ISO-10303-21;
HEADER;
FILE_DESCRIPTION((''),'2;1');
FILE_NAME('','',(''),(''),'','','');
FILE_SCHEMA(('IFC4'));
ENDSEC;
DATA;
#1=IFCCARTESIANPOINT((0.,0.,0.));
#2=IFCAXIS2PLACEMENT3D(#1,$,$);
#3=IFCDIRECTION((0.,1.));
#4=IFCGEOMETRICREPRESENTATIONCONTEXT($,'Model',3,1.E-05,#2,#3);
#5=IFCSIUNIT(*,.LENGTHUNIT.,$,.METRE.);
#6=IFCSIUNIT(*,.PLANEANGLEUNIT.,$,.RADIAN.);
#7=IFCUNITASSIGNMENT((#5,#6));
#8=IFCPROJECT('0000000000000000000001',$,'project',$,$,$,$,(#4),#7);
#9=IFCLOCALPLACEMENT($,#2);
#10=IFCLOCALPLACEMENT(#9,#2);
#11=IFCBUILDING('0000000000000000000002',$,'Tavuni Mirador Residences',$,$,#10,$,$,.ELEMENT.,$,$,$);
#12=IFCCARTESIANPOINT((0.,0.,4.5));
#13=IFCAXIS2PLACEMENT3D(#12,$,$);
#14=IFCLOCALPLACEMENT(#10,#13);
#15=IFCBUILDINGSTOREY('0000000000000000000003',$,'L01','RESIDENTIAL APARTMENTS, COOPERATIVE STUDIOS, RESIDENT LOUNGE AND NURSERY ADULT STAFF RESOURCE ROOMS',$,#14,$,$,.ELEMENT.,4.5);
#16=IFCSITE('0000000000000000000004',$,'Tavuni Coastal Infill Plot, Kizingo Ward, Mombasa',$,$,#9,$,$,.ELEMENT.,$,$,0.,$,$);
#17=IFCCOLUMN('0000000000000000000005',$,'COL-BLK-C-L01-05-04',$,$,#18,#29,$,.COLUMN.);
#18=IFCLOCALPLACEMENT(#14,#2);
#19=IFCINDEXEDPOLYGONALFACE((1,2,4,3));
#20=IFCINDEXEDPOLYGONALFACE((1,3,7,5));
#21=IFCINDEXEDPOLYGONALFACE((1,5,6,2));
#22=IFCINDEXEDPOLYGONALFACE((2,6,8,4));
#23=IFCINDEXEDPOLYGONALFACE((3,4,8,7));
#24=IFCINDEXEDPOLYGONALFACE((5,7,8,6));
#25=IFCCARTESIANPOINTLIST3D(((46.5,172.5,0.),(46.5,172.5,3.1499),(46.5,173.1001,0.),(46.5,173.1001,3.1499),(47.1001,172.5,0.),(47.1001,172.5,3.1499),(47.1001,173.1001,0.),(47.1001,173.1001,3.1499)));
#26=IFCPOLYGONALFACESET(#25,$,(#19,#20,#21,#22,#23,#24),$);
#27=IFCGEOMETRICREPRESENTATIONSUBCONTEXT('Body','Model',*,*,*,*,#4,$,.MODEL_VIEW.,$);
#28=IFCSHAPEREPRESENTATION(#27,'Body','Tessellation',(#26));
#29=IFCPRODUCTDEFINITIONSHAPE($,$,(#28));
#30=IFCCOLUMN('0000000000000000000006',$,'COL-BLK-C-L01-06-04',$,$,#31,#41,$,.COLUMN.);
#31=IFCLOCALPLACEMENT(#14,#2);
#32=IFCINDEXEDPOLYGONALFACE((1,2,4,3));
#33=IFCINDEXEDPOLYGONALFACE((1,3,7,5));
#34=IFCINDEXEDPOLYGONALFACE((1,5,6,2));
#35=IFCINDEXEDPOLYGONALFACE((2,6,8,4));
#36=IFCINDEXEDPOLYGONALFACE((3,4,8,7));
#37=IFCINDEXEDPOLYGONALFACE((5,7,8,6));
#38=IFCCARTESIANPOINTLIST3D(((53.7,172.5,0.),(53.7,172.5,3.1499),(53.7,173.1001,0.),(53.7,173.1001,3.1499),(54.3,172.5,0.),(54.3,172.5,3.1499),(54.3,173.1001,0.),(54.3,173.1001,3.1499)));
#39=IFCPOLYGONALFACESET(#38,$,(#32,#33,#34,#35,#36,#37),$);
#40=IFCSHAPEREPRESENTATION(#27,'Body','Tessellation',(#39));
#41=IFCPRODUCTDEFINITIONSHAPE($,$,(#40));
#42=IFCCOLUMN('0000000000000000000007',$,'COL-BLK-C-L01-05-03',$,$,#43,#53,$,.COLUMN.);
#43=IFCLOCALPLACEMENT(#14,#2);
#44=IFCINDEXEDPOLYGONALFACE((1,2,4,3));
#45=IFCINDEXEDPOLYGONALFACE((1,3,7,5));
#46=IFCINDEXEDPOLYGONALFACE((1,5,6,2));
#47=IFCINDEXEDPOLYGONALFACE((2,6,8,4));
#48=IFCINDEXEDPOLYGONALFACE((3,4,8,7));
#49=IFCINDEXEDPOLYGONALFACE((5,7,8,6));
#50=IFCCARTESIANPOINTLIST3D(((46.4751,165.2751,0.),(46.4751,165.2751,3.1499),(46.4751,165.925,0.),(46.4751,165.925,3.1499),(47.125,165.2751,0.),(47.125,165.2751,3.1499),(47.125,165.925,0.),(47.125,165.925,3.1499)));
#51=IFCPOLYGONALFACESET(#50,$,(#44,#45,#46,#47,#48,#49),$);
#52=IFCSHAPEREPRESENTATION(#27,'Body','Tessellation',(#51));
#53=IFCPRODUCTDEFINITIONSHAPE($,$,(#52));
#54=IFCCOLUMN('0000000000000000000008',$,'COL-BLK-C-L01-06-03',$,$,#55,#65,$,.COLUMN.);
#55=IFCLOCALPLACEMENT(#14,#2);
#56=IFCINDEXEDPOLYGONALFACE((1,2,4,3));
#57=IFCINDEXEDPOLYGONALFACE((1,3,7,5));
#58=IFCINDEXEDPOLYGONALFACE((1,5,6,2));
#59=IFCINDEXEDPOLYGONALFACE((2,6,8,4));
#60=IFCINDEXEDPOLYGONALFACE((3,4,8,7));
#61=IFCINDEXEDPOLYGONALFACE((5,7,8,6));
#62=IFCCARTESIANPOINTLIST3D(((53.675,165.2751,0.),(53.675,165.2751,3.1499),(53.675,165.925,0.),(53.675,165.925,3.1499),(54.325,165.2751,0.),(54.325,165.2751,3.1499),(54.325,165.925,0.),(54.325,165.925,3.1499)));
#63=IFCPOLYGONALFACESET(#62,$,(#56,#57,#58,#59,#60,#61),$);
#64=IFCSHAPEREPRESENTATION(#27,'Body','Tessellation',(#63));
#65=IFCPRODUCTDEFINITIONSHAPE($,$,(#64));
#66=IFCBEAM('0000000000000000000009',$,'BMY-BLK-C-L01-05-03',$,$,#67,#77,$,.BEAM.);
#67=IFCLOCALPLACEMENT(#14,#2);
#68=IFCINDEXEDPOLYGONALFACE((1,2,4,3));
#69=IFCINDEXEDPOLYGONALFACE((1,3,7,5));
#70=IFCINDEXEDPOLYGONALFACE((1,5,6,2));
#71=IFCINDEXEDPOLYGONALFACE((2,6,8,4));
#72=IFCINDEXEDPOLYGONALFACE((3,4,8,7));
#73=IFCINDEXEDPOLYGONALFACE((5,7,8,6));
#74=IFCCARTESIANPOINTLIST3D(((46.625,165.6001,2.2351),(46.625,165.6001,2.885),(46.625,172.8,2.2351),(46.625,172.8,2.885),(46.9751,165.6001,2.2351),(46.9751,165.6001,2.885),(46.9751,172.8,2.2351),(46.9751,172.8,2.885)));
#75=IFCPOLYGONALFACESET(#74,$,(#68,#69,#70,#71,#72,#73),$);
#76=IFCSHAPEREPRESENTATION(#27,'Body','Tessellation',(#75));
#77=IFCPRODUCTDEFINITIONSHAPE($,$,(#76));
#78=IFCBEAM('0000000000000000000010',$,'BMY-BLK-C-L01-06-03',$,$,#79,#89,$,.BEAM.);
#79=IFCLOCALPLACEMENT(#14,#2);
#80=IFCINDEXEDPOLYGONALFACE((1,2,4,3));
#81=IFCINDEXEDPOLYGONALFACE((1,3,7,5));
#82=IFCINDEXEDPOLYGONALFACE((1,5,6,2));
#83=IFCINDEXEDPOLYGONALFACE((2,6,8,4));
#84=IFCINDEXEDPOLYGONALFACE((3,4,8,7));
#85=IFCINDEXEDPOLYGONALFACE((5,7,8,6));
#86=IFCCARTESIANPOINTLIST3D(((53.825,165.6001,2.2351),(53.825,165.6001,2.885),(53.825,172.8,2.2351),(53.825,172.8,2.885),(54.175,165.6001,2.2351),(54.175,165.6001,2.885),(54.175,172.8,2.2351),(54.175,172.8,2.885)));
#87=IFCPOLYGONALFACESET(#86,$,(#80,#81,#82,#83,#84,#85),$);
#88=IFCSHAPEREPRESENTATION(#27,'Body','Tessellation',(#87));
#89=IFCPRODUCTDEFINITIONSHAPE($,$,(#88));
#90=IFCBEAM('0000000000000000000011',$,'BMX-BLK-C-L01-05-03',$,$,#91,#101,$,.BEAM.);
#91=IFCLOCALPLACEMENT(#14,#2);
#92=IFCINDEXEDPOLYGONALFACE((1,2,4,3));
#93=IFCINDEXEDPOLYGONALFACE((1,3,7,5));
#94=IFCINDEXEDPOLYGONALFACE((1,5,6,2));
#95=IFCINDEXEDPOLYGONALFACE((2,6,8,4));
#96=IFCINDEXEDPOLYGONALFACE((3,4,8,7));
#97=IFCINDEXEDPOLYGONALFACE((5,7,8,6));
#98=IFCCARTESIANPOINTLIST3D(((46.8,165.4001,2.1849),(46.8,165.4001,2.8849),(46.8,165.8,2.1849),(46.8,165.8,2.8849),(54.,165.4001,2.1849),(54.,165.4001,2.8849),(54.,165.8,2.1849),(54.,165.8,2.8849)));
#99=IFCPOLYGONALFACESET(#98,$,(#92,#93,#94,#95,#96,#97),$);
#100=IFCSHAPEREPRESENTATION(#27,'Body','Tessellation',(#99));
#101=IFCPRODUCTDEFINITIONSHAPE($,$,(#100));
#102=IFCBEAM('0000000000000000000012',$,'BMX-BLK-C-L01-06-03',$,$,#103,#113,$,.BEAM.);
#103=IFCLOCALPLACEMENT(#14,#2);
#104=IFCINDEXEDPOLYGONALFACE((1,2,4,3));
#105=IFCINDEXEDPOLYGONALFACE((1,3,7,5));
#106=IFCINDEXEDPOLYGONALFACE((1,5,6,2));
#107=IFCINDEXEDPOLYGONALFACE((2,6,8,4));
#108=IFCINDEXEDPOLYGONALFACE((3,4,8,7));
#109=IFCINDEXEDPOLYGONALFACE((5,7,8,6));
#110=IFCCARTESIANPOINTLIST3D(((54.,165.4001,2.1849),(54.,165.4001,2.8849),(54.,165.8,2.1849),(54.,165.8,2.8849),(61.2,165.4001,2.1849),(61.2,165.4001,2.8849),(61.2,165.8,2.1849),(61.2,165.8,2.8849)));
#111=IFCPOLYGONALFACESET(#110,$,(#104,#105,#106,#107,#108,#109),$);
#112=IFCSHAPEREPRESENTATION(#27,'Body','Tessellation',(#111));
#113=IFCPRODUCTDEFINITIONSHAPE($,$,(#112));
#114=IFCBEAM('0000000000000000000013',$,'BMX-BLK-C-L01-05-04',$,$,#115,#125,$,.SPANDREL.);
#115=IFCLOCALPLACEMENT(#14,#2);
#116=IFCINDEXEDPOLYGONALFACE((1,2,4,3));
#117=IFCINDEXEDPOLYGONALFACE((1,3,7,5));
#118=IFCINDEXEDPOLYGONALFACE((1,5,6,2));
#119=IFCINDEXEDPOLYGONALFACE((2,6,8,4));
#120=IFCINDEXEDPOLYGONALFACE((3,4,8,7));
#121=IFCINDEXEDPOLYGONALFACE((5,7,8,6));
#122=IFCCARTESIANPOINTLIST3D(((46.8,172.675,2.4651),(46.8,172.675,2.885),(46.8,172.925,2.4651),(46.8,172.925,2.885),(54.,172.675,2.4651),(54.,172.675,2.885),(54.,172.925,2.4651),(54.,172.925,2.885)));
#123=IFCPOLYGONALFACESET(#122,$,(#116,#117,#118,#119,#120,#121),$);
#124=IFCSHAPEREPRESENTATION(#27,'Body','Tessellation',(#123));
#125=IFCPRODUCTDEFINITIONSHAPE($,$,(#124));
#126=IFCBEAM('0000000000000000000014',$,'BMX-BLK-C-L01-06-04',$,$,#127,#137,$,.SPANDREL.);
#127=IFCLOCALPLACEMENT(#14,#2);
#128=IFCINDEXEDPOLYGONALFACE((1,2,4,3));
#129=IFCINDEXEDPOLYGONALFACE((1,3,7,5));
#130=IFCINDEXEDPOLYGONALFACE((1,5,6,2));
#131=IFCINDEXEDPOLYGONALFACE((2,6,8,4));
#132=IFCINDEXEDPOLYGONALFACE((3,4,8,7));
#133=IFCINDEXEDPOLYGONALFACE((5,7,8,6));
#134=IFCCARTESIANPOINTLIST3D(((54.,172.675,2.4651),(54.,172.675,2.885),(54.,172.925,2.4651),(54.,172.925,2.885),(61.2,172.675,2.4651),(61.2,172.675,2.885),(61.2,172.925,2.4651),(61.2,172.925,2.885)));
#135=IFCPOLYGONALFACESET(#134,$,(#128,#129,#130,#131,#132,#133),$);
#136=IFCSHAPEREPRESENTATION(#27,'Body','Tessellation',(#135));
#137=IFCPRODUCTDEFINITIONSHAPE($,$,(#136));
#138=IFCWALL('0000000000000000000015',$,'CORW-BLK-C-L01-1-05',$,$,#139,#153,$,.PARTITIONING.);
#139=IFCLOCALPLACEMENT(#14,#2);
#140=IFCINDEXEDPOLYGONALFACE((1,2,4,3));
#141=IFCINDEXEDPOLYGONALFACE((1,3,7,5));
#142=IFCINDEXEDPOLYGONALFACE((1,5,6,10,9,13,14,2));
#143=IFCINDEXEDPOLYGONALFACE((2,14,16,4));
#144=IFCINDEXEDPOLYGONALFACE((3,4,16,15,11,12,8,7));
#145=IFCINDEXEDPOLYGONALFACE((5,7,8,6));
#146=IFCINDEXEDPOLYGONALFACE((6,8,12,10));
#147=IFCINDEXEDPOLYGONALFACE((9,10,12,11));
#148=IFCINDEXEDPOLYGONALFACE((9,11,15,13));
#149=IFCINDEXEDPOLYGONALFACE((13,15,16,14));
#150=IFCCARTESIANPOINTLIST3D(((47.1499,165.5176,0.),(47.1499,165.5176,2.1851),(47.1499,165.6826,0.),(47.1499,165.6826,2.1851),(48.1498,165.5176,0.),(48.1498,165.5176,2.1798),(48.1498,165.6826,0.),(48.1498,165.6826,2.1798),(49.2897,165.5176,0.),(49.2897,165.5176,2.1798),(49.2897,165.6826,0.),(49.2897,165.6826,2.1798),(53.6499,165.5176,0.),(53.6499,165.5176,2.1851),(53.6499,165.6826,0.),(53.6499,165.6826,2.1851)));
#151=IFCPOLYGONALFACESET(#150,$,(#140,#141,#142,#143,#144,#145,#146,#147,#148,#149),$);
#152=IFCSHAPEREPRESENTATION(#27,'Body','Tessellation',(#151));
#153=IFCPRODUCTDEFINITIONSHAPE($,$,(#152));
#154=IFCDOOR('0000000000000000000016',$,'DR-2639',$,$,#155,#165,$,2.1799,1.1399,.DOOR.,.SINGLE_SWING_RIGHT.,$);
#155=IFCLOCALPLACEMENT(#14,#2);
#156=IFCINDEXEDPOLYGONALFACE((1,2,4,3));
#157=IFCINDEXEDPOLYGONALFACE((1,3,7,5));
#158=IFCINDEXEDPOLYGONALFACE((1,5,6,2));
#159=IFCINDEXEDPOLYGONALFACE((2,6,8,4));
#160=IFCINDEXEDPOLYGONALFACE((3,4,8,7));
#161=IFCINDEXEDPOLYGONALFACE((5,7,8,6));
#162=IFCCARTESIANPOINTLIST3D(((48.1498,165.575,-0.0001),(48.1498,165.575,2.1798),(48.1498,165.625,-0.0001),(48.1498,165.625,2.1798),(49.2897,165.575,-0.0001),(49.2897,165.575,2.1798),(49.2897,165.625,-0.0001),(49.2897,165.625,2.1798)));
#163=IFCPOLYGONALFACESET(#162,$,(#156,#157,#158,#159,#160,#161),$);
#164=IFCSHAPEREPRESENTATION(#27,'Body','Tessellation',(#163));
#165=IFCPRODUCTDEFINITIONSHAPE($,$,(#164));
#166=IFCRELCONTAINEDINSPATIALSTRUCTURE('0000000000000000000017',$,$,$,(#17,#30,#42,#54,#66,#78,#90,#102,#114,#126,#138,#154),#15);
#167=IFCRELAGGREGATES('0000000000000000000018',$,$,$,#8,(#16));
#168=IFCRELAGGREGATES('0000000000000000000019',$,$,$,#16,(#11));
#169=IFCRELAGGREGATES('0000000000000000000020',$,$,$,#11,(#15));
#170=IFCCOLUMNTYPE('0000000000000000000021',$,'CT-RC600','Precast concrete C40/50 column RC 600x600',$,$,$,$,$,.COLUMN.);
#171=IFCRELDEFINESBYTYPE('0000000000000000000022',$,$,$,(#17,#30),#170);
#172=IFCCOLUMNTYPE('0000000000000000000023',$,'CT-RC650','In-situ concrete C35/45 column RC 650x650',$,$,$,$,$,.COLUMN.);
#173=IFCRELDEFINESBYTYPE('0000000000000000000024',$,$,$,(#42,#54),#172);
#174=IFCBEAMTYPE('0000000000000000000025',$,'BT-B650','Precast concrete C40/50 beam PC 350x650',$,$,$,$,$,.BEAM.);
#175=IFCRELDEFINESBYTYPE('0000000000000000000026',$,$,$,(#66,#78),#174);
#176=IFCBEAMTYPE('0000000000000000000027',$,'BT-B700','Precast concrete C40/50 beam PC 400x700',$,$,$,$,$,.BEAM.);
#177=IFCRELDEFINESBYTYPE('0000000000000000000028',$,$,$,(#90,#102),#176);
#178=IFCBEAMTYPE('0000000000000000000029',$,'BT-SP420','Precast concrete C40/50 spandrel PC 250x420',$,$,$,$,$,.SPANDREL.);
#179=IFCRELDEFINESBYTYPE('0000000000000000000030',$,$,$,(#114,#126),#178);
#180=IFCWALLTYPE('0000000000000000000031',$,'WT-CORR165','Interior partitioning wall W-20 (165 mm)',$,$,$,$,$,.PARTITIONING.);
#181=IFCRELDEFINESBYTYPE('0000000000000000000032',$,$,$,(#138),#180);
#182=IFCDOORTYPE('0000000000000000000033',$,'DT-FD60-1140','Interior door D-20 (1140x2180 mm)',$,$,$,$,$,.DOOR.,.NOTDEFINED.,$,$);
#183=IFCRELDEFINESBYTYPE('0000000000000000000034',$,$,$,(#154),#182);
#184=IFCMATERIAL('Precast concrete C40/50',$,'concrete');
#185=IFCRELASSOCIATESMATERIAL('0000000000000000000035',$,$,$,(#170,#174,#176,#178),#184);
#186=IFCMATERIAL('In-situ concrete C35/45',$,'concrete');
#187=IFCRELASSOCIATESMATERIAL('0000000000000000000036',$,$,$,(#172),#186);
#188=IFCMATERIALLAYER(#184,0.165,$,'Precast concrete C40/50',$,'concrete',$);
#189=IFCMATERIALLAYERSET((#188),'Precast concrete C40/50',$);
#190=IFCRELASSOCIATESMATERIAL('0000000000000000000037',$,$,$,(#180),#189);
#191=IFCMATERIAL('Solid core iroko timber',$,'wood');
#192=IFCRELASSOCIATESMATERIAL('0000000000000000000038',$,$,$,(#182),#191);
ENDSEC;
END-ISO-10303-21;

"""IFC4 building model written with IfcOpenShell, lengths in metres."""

from ifc_helpers import new_model, si_unit, direction, frame, frame_2d, origin, origin_2d, place, context, subcontext, project, spatial, rectangle, extrude, material, layer, layer_set, material_profile, profile_set, type_object, element, fill, save


model = new_model("IFC4")

# Units and contexts
model_context = context("Model", 3, precision=1e-05, world=origin(), true_north=direction((0.0, 1.0)))
body_context = subcontext(model_context, "Body", "Model", "MODEL_VIEW")
ifc_project = project(units=[si_unit("LENGTHUNIT", "METRE"), si_unit("PLANEANGLEUNIT", "RADIAN")], contexts=[model_context])

# Site, building, storey
site_placement = place(None, origin())
site = spatial("IfcSite", under=ifc_project, at=site_placement, Name="Tavuni Coastal Infill Plot, Kizingo Ward, Mombasa", CompositionType="ELEMENT", RefElevation=0.0)
building_placement = place(site_placement, origin())
building = spatial("IfcBuilding", under=site, at=building_placement, Name="Tavuni Mirador Residences", CompositionType="ELEMENT")
storey_placement = place(building_placement, frame((0.0, 0.0, 4.5)))
storey = spatial("IfcBuildingStorey", under=building, at=storey_placement, Name="L01", Description="RESIDENTIAL APARTMENTS, COOPERATIVE STUDIOS, RESIDENT LOUNGE AND NURSERY ADULT STAFF RESOURCE ROOMS", CompositionType="ELEMENT", Elevation=4.5)

# Columns
ifc_material_1 = material(Name="Precast concrete C40/50", Category="concrete")
ifc_material_profile_1 = material_profile(ifc_material_1, rectangle(XDim=0.6001, YDim=0.6001, at=origin_2d()), Name="RC 600x600", Category="concrete")
ifc_profile_set_1 = profile_set([ifc_material_profile_1], Name="Precast concrete C40/50")
column_type_1 = type_object("IfcColumnType", Name="CT-RC600", Description="Precast concrete C40/50 column RC 600x600", PredefinedType="COLUMN", material=ifc_profile_set_1)
for number, where, z_axis, x_axis, name in (
    (1, (46.8, 172.8, 0.0), (0.0, 0.0, 1.0), (1.0, 0.0, 0.0), "COL-BLK-C-L01-05-04"),
    (2, (54.0, 172.8, 0.0), (0.0, 0.0, 1.0), (1.0, 0.0, 0.0), "COL-BLK-C-L01-06-04"),
):
    element("IfcColumn", number, at=place(storey_placement, frame(where, z_axis=z_axis, x_axis=x_axis)), inside=storey, type_object=column_type_1, Name=name, PredefinedType="COLUMN", context=body_context, shape_type="SweptSolid", body=[
        extrude(rectangle(XDim=0.6001, YDim=0.6001, at=origin_2d()), origin(), (0.0, 0.0, 1.0), 3.1499),
    ])
ifc_material_2 = material(Name="In-situ concrete C35/45", Category="concrete")
ifc_material_profile_2 = material_profile(ifc_material_2, rectangle(XDim=0.6499, YDim=0.6499, at=origin_2d()), Name="RC 650x650", Category="concrete")
ifc_profile_set_2 = profile_set([ifc_material_profile_2], Name="In-situ concrete C35/45")
column_type_2 = type_object("IfcColumnType", Name="CT-RC650", Description="In-situ concrete C35/45 column RC 650x650", PredefinedType="COLUMN", material=ifc_profile_set_2)
for number, where, z_axis, x_axis, name in (
    (3, (46.8, 165.6001, 0.0), (0.0, 0.0, 1.0), (1.0, 0.0, 0.0), "COL-BLK-C-L01-05-03"),
    (4, (54.0, 165.6001, 0.0), (0.0, 0.0, 1.0), (1.0, 0.0, 0.0), "COL-BLK-C-L01-06-03"),
):
    element("IfcColumn", number, at=place(storey_placement, frame(where, z_axis=z_axis, x_axis=x_axis)), inside=storey, type_object=column_type_2, Name=name, PredefinedType="COLUMN", context=body_context, shape_type="SweptSolid", body=[
        extrude(rectangle(XDim=0.6499, YDim=0.6499, at=origin_2d()), origin(), (0.0, 0.0, 1.0), 3.1499),
    ])

# Beams
ifc_material_profile_3 = material_profile(ifc_material_1, rectangle(XDim=0.3501, YDim=0.6499, at=origin_2d()), Name="PC 350x650", Category="concrete")
ifc_profile_set_3 = profile_set([ifc_material_profile_3], Name="Precast concrete C40/50")
beam_type_1 = type_object("IfcBeamType", Name="BT-B650", Description="Precast concrete C40/50 beam PC 350x650", PredefinedType="BEAM", material=ifc_profile_set_3)
for number, where, z_axis, x_axis, name in (
    (5, (46.8, 165.6001, 2.5601), (0.0, 1.0, 0.0), (-1.0, 0.0, 0.0), "BMY-BLK-C-L01-05-03"),
    (6, (54.0, 165.6001, 2.5601), (0.0, 1.0, 0.0), (-1.0, 0.0, 0.0), "BMY-BLK-C-L01-06-03"),
):
    element("IfcBeam", number, at=place(storey_placement, frame(where, z_axis=z_axis, x_axis=x_axis)), inside=storey, type_object=beam_type_1, Name=name, PredefinedType="BEAM", context=body_context, shape_type="SweptSolid", body=[
        extrude(rectangle(XDim=0.3501, YDim=0.6499, at=origin_2d()), origin(), (0.0, 0.0, 1.0), 7.2),
    ])
ifc_material_profile_4 = material_profile(ifc_material_1, rectangle(XDim=0.3999, YDim=0.7, at=origin_2d()), Name="PC 400x700", Category="concrete")
ifc_profile_set_4 = profile_set([ifc_material_profile_4], Name="Precast concrete C40/50")
beam_type_2 = type_object("IfcBeamType", Name="BT-B700", Description="Precast concrete C40/50 beam PC 400x700", PredefinedType="BEAM", material=ifc_profile_set_4)
for number, where, z_axis, x_axis, name in (
    (7, (46.8, 165.6001, 2.5349), (1.0, 0.0, 0.0), (0.0, 1.0, 0.0), "BMX-BLK-C-L01-05-03"),
    (8, (54.0, 165.6001, 2.5349), (1.0, 0.0, 0.0), (0.0, 1.0, 0.0), "BMX-BLK-C-L01-06-03"),
):
    element("IfcBeam", number, at=place(storey_placement, frame(where, z_axis=z_axis, x_axis=x_axis)), inside=storey, type_object=beam_type_2, Name=name, PredefinedType="BEAM", context=body_context, shape_type="SweptSolid", body=[
        extrude(rectangle(XDim=0.3999, YDim=0.7, at=origin_2d()), origin(), (0.0, 0.0, 1.0), 7.2),
    ])
ifc_material_profile_5 = material_profile(ifc_material_1, rectangle(XDim=0.25, YDim=0.4199, at=origin_2d()), Name="PC 250x420", Category="concrete")
ifc_profile_set_5 = profile_set([ifc_material_profile_5], Name="Precast concrete C40/50")
beam_type_3 = type_object("IfcBeamType", Name="BT-SP420", Description="Precast concrete C40/50 spandrel PC 250x420", PredefinedType="SPANDREL", material=ifc_profile_set_5)
for number, where, z_axis, x_axis, name in (
    (9, (46.8, 172.8, 2.675), (1.0, 0.0, 0.0), (0.0, 1.0, 0.0), "BMX-BLK-C-L01-05-04"),
    (10, (54.0, 172.8, 2.675), (1.0, 0.0, 0.0), (0.0, 1.0, 0.0), "BMX-BLK-C-L01-06-04"),
):
    element("IfcBeam", number, at=place(storey_placement, frame(where, z_axis=z_axis, x_axis=x_axis)), inside=storey, type_object=beam_type_3, Name=name, PredefinedType="SPANDREL", context=body_context, shape_type="SweptSolid", body=[
        extrude(rectangle(XDim=0.25, YDim=0.4199, at=origin_2d()), origin(), (0.0, 0.0, 1.0), 7.2),
    ])

# Wall, opening, door
ifc_layer_1 = layer(ifc_material_1, 0.165, Name="Precast concrete C40/50", Category="concrete")
ifc_layer_set_1 = layer_set([ifc_layer_1], Name="Precast concrete C40/50")
wall_type_1 = type_object("IfcWallType", Name="WT-CORR165", Description="Interior partitioning wall W-20 (165 mm)", PredefinedType="PARTITIONING", material=ifc_layer_set_1)
wall_1_placement = place(storey_placement, frame((47.1499, 165.6001, 0.0), z_axis=(0.0, 0.0, 1.0), x_axis=(1.0, 0.0, 0.0)))
wall_1 = element("IfcWall", 11, at=wall_1_placement, inside=storey, type_object=wall_type_1, Name="CORW-BLK-C-L01-1-05", PredefinedType="PARTITIONING", context=body_context, shape_type="SweptSolid", body=[
    extrude(rectangle(XDim=6.5, YDim=0.165, at=frame_2d((3.25, 0.0))), origin(), (0.0, 0.0, 1.0), 2.1851),
])
opening_1_placement = place(wall_1_placement, frame((1.0, 0.0, 0.0)))
opening_1 = element("IfcOpeningElement", 12, at=opening_1_placement, cuts=wall_1, PredefinedType="OPENING", context=body_context, shape_type="SweptSolid", body=[
    extrude(rectangle(XDim=1.1399, YDim=2.1799, at=frame_2d((0.5698, 1.0898))), frame((0.0, 0.0925, 0.0), z_axis=(0.0, -1.0, 0.0), x_axis=(1.0, 0.0, 0.0)), (0.0, 0.0, 1.0), 0.1851),
])
ifc_material_3 = material(Name="Solid core iroko timber", Category="wood")
door_type_1 = type_object("IfcDoorType", Name="DT-FD60-1140", Description="Interior door D-20 (1140x2180 mm)", OperationType="NOTDEFINED", PredefinedType="DOOR", material=ifc_material_3)
door_1_placement = place(opening_1_placement, origin())
door_1 = element("IfcDoor", 13, at=door_1_placement, inside=storey, type_object=door_type_1, Name="DR-2639", OperationType="SINGLE_SWING_RIGHT", OverallHeight=2.1799, OverallWidth=1.1399, PredefinedType="DOOR", context=body_context, shape_type="SweptSolid", body=[
    extrude(rectangle(XDim=1.1399, YDim=2.1799, at=frame_2d((0.5698, 1.0898))), frame((0.0, 0.0249, 0.0), z_axis=(0.0, -1.0, 0.0), x_axis=(1.0, 0.0, 0.0)), (0.0, 0.0, 1.0), 0.05),
])
fill(opening_1, door_1)

save(model, "model.ifc")
